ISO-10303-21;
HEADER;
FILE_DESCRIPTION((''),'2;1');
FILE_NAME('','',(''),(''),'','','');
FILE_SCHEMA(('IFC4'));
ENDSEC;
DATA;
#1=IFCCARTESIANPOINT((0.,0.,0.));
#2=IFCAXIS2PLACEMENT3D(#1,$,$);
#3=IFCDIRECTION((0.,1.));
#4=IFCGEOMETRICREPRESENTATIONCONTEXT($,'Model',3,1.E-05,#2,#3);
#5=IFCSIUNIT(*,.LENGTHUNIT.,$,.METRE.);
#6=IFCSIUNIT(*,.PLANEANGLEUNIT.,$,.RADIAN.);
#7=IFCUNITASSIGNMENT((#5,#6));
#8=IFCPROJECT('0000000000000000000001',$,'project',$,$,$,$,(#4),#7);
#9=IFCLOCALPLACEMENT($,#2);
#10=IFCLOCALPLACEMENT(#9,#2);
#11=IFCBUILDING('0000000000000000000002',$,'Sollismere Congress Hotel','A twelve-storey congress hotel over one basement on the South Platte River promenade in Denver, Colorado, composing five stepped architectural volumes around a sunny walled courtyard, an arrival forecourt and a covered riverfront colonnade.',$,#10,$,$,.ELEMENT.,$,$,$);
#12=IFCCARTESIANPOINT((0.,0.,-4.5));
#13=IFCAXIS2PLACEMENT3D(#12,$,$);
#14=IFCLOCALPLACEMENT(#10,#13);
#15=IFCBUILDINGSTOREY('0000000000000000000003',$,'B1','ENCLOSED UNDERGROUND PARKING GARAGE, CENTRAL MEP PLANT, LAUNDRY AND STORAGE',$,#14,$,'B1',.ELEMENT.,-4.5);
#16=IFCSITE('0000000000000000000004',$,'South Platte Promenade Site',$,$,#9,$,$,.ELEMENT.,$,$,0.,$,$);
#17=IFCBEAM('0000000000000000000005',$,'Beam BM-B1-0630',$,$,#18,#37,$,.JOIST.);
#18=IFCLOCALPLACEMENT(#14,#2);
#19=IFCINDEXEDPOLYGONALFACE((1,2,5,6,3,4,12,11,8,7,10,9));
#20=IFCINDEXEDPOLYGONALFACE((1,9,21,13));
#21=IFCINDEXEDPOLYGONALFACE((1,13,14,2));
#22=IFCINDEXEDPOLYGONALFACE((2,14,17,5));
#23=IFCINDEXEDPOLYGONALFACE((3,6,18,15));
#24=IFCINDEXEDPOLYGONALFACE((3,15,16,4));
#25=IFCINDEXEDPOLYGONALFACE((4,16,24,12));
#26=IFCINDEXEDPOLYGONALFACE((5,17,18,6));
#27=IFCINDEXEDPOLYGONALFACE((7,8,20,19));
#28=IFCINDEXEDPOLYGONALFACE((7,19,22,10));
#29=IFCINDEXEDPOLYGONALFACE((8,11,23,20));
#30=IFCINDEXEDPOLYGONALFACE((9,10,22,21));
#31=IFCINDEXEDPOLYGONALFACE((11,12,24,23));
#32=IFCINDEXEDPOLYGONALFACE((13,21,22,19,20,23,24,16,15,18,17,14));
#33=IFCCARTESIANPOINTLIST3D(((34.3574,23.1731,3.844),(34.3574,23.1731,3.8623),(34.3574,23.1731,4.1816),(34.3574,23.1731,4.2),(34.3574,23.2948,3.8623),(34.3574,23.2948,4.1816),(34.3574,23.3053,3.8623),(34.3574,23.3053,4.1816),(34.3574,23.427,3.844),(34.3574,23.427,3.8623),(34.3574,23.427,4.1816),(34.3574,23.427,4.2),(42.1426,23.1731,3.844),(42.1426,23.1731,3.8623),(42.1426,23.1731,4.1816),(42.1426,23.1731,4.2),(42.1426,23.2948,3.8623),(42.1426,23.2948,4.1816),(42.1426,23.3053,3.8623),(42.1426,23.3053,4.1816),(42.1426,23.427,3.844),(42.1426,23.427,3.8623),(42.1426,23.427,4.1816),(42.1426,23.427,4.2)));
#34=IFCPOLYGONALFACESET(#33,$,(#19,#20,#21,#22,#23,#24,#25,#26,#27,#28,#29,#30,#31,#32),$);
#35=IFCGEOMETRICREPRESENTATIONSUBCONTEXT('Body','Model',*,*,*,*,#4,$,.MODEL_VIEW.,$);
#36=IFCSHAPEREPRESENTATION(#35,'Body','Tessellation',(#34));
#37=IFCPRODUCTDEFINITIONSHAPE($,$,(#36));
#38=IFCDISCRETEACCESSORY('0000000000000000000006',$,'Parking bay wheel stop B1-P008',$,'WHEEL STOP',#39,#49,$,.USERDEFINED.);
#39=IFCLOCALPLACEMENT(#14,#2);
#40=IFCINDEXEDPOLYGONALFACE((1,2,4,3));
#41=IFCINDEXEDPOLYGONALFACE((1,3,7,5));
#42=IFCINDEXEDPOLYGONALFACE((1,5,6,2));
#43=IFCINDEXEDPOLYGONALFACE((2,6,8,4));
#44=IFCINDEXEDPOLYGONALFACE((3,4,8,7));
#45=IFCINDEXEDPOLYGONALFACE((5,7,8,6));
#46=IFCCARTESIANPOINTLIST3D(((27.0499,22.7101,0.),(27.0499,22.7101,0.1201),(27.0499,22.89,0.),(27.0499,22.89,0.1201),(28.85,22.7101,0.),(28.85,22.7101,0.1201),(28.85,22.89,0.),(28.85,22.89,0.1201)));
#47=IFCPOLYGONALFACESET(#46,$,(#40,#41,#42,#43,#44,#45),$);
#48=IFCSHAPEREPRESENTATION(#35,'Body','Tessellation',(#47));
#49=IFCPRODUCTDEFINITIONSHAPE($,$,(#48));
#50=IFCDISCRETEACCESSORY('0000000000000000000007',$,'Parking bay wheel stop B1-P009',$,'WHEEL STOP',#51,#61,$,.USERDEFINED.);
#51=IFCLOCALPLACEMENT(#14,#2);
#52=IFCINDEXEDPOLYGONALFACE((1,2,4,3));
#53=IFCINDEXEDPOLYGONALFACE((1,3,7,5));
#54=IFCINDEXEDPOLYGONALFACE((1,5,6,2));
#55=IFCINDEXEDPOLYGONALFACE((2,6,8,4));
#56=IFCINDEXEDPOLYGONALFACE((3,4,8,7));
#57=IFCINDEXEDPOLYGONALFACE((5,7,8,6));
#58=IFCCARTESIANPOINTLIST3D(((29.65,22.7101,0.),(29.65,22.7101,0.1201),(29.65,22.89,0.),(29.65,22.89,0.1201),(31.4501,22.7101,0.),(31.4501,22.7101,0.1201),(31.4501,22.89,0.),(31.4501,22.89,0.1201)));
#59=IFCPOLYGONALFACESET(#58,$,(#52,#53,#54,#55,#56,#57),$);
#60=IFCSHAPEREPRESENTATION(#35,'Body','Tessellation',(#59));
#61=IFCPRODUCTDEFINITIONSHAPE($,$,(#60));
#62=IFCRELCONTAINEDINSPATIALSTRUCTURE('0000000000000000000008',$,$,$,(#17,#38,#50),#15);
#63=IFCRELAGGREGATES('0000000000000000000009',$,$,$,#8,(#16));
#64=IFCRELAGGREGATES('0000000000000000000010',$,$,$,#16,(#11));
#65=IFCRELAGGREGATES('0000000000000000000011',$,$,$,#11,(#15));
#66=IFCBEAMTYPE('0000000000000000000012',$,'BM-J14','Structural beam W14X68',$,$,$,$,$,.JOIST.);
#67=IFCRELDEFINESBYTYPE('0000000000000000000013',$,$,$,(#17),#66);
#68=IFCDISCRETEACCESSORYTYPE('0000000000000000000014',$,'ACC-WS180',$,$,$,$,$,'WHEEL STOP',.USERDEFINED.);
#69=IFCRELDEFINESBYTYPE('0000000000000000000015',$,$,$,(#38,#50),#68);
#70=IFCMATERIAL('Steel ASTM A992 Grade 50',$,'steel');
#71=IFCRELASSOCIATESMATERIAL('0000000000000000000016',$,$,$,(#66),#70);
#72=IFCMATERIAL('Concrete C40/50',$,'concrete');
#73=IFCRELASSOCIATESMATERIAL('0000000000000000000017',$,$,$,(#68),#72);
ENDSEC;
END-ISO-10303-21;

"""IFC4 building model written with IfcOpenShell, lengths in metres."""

from ifc_helpers import new_model, si_unit, direction, frame, origin, origin_2d, place, context, subcontext, project, spatial, rectangle, i_section, extrude, material, material_profile, profile_set, type_object, element, save


model = new_model("IFC4")

# Units and contexts
model_context = context("Model", 3, precision=1e-05, world=origin(), true_north=direction((0.0, 1.0)))
body_context = subcontext(model_context, "Body", "Model", "MODEL_VIEW")
ifc_project = project(units=[si_unit("LENGTHUNIT", "METRE"), si_unit("PLANEANGLEUNIT", "RADIAN")], contexts=[model_context])

# Site, building, storey
site_placement = place(None, origin())
site = spatial("IfcSite", under=ifc_project, at=site_placement, Name="South Platte Promenade Site", CompositionType="ELEMENT", RefElevation=0.0)
building_placement = place(site_placement, origin())
building = spatial("IfcBuilding", under=site, at=building_placement, Name="Sollismere Congress Hotel", Description="A twelve-storey congress hotel over one basement on the South Platte River promenade in Denver, Colorado, composing five stepped architectural volumes around a sunny walled courtyard, an arrival forecourt and a covered riverfront colonnade.", CompositionType="ELEMENT")
storey_placement = place(building_placement, frame((0.0, 0.0, -4.5)))
storey = spatial("IfcBuildingStorey", under=building, at=storey_placement, Name="B1", Description="ENCLOSED UNDERGROUND PARKING GARAGE, CENTRAL MEP PLANT, LAUNDRY AND STORAGE", LongName="B1", CompositionType="ELEMENT", Elevation=-4.5)

# Shared definitions
ifc_material_1 = material(Name="Concrete C40/50", Category="concrete")

# Beam
ifc_material_2 = material(Name="Steel ASTM A992 Grade 50", Category="steel")
ifc_material_profile_1 = material_profile(ifc_material_2, i_section(OverallWidth=0.2539, OverallDepth=0.356, WebThickness=0.0105, FlangeThickness=0.0183, at=origin_2d()), Name="W14X68")
ifc_profile_set_1 = profile_set([ifc_material_profile_1], Name="Steel ASTM A992 Grade 50")
beam_type_1 = type_object("IfcBeamType", Name="BM-J14", Description="Structural beam W14X68", PredefinedType="JOIST", material=ifc_profile_set_1)
for number, where, z_axis, x_axis, name in (
    (1, (34.3574, 23.3, 4.022), (1.0, 0.0, 0.0), (0.0, 1.0, 0.0), "Beam BM-B1-0630"),
):
    element("IfcBeam", number, at=place(storey_placement, frame(where, z_axis=z_axis, x_axis=x_axis)), inside=storey, type_object=beam_type_1, Name=name, PredefinedType="JOIST", context=body_context, shape_type="SweptSolid", body=[
        extrude(i_section(OverallWidth=0.2539, OverallDepth=0.356, WebThickness=0.0105, FlangeThickness=0.0183, at=origin_2d()), origin(), (0.0, 0.0, 1.0), 7.7852),
    ])

# Discrete accessories
discrete_accessory_type = type_object("IfcDiscreteAccessoryType", Name="ACC-WS180", ElementType="WHEEL STOP", PredefinedType="USERDEFINED", material=ifc_material_1)
for number, where, z_axis, x_axis, name in (
    (2, (27.95, 22.8, 0.0), (0.0, 0.0, 1.0), (1.0, 0.0, 0.0), "Parking bay wheel stop B1-P008"),
    (3, (30.55, 22.8, 0.0), (0.0, 0.0, 1.0), (1.0, 0.0, 0.0), "Parking bay wheel stop B1-P009"),
):
    element("IfcDiscreteAccessory", number, at=place(storey_placement, frame(where, z_axis=z_axis, x_axis=x_axis)), inside=storey, type_object=discrete_accessory_type, Name=name, ObjectType="WHEEL STOP", PredefinedType="USERDEFINED", context=body_context, shape_type="SweptSolid", body=[
        extrude(rectangle(XDim=1.8, YDim=0.1799, at=origin_2d()), origin(), (0.0, 0.0, 1.0), 0.1201),
    ])

save(model, "model.ifc")
